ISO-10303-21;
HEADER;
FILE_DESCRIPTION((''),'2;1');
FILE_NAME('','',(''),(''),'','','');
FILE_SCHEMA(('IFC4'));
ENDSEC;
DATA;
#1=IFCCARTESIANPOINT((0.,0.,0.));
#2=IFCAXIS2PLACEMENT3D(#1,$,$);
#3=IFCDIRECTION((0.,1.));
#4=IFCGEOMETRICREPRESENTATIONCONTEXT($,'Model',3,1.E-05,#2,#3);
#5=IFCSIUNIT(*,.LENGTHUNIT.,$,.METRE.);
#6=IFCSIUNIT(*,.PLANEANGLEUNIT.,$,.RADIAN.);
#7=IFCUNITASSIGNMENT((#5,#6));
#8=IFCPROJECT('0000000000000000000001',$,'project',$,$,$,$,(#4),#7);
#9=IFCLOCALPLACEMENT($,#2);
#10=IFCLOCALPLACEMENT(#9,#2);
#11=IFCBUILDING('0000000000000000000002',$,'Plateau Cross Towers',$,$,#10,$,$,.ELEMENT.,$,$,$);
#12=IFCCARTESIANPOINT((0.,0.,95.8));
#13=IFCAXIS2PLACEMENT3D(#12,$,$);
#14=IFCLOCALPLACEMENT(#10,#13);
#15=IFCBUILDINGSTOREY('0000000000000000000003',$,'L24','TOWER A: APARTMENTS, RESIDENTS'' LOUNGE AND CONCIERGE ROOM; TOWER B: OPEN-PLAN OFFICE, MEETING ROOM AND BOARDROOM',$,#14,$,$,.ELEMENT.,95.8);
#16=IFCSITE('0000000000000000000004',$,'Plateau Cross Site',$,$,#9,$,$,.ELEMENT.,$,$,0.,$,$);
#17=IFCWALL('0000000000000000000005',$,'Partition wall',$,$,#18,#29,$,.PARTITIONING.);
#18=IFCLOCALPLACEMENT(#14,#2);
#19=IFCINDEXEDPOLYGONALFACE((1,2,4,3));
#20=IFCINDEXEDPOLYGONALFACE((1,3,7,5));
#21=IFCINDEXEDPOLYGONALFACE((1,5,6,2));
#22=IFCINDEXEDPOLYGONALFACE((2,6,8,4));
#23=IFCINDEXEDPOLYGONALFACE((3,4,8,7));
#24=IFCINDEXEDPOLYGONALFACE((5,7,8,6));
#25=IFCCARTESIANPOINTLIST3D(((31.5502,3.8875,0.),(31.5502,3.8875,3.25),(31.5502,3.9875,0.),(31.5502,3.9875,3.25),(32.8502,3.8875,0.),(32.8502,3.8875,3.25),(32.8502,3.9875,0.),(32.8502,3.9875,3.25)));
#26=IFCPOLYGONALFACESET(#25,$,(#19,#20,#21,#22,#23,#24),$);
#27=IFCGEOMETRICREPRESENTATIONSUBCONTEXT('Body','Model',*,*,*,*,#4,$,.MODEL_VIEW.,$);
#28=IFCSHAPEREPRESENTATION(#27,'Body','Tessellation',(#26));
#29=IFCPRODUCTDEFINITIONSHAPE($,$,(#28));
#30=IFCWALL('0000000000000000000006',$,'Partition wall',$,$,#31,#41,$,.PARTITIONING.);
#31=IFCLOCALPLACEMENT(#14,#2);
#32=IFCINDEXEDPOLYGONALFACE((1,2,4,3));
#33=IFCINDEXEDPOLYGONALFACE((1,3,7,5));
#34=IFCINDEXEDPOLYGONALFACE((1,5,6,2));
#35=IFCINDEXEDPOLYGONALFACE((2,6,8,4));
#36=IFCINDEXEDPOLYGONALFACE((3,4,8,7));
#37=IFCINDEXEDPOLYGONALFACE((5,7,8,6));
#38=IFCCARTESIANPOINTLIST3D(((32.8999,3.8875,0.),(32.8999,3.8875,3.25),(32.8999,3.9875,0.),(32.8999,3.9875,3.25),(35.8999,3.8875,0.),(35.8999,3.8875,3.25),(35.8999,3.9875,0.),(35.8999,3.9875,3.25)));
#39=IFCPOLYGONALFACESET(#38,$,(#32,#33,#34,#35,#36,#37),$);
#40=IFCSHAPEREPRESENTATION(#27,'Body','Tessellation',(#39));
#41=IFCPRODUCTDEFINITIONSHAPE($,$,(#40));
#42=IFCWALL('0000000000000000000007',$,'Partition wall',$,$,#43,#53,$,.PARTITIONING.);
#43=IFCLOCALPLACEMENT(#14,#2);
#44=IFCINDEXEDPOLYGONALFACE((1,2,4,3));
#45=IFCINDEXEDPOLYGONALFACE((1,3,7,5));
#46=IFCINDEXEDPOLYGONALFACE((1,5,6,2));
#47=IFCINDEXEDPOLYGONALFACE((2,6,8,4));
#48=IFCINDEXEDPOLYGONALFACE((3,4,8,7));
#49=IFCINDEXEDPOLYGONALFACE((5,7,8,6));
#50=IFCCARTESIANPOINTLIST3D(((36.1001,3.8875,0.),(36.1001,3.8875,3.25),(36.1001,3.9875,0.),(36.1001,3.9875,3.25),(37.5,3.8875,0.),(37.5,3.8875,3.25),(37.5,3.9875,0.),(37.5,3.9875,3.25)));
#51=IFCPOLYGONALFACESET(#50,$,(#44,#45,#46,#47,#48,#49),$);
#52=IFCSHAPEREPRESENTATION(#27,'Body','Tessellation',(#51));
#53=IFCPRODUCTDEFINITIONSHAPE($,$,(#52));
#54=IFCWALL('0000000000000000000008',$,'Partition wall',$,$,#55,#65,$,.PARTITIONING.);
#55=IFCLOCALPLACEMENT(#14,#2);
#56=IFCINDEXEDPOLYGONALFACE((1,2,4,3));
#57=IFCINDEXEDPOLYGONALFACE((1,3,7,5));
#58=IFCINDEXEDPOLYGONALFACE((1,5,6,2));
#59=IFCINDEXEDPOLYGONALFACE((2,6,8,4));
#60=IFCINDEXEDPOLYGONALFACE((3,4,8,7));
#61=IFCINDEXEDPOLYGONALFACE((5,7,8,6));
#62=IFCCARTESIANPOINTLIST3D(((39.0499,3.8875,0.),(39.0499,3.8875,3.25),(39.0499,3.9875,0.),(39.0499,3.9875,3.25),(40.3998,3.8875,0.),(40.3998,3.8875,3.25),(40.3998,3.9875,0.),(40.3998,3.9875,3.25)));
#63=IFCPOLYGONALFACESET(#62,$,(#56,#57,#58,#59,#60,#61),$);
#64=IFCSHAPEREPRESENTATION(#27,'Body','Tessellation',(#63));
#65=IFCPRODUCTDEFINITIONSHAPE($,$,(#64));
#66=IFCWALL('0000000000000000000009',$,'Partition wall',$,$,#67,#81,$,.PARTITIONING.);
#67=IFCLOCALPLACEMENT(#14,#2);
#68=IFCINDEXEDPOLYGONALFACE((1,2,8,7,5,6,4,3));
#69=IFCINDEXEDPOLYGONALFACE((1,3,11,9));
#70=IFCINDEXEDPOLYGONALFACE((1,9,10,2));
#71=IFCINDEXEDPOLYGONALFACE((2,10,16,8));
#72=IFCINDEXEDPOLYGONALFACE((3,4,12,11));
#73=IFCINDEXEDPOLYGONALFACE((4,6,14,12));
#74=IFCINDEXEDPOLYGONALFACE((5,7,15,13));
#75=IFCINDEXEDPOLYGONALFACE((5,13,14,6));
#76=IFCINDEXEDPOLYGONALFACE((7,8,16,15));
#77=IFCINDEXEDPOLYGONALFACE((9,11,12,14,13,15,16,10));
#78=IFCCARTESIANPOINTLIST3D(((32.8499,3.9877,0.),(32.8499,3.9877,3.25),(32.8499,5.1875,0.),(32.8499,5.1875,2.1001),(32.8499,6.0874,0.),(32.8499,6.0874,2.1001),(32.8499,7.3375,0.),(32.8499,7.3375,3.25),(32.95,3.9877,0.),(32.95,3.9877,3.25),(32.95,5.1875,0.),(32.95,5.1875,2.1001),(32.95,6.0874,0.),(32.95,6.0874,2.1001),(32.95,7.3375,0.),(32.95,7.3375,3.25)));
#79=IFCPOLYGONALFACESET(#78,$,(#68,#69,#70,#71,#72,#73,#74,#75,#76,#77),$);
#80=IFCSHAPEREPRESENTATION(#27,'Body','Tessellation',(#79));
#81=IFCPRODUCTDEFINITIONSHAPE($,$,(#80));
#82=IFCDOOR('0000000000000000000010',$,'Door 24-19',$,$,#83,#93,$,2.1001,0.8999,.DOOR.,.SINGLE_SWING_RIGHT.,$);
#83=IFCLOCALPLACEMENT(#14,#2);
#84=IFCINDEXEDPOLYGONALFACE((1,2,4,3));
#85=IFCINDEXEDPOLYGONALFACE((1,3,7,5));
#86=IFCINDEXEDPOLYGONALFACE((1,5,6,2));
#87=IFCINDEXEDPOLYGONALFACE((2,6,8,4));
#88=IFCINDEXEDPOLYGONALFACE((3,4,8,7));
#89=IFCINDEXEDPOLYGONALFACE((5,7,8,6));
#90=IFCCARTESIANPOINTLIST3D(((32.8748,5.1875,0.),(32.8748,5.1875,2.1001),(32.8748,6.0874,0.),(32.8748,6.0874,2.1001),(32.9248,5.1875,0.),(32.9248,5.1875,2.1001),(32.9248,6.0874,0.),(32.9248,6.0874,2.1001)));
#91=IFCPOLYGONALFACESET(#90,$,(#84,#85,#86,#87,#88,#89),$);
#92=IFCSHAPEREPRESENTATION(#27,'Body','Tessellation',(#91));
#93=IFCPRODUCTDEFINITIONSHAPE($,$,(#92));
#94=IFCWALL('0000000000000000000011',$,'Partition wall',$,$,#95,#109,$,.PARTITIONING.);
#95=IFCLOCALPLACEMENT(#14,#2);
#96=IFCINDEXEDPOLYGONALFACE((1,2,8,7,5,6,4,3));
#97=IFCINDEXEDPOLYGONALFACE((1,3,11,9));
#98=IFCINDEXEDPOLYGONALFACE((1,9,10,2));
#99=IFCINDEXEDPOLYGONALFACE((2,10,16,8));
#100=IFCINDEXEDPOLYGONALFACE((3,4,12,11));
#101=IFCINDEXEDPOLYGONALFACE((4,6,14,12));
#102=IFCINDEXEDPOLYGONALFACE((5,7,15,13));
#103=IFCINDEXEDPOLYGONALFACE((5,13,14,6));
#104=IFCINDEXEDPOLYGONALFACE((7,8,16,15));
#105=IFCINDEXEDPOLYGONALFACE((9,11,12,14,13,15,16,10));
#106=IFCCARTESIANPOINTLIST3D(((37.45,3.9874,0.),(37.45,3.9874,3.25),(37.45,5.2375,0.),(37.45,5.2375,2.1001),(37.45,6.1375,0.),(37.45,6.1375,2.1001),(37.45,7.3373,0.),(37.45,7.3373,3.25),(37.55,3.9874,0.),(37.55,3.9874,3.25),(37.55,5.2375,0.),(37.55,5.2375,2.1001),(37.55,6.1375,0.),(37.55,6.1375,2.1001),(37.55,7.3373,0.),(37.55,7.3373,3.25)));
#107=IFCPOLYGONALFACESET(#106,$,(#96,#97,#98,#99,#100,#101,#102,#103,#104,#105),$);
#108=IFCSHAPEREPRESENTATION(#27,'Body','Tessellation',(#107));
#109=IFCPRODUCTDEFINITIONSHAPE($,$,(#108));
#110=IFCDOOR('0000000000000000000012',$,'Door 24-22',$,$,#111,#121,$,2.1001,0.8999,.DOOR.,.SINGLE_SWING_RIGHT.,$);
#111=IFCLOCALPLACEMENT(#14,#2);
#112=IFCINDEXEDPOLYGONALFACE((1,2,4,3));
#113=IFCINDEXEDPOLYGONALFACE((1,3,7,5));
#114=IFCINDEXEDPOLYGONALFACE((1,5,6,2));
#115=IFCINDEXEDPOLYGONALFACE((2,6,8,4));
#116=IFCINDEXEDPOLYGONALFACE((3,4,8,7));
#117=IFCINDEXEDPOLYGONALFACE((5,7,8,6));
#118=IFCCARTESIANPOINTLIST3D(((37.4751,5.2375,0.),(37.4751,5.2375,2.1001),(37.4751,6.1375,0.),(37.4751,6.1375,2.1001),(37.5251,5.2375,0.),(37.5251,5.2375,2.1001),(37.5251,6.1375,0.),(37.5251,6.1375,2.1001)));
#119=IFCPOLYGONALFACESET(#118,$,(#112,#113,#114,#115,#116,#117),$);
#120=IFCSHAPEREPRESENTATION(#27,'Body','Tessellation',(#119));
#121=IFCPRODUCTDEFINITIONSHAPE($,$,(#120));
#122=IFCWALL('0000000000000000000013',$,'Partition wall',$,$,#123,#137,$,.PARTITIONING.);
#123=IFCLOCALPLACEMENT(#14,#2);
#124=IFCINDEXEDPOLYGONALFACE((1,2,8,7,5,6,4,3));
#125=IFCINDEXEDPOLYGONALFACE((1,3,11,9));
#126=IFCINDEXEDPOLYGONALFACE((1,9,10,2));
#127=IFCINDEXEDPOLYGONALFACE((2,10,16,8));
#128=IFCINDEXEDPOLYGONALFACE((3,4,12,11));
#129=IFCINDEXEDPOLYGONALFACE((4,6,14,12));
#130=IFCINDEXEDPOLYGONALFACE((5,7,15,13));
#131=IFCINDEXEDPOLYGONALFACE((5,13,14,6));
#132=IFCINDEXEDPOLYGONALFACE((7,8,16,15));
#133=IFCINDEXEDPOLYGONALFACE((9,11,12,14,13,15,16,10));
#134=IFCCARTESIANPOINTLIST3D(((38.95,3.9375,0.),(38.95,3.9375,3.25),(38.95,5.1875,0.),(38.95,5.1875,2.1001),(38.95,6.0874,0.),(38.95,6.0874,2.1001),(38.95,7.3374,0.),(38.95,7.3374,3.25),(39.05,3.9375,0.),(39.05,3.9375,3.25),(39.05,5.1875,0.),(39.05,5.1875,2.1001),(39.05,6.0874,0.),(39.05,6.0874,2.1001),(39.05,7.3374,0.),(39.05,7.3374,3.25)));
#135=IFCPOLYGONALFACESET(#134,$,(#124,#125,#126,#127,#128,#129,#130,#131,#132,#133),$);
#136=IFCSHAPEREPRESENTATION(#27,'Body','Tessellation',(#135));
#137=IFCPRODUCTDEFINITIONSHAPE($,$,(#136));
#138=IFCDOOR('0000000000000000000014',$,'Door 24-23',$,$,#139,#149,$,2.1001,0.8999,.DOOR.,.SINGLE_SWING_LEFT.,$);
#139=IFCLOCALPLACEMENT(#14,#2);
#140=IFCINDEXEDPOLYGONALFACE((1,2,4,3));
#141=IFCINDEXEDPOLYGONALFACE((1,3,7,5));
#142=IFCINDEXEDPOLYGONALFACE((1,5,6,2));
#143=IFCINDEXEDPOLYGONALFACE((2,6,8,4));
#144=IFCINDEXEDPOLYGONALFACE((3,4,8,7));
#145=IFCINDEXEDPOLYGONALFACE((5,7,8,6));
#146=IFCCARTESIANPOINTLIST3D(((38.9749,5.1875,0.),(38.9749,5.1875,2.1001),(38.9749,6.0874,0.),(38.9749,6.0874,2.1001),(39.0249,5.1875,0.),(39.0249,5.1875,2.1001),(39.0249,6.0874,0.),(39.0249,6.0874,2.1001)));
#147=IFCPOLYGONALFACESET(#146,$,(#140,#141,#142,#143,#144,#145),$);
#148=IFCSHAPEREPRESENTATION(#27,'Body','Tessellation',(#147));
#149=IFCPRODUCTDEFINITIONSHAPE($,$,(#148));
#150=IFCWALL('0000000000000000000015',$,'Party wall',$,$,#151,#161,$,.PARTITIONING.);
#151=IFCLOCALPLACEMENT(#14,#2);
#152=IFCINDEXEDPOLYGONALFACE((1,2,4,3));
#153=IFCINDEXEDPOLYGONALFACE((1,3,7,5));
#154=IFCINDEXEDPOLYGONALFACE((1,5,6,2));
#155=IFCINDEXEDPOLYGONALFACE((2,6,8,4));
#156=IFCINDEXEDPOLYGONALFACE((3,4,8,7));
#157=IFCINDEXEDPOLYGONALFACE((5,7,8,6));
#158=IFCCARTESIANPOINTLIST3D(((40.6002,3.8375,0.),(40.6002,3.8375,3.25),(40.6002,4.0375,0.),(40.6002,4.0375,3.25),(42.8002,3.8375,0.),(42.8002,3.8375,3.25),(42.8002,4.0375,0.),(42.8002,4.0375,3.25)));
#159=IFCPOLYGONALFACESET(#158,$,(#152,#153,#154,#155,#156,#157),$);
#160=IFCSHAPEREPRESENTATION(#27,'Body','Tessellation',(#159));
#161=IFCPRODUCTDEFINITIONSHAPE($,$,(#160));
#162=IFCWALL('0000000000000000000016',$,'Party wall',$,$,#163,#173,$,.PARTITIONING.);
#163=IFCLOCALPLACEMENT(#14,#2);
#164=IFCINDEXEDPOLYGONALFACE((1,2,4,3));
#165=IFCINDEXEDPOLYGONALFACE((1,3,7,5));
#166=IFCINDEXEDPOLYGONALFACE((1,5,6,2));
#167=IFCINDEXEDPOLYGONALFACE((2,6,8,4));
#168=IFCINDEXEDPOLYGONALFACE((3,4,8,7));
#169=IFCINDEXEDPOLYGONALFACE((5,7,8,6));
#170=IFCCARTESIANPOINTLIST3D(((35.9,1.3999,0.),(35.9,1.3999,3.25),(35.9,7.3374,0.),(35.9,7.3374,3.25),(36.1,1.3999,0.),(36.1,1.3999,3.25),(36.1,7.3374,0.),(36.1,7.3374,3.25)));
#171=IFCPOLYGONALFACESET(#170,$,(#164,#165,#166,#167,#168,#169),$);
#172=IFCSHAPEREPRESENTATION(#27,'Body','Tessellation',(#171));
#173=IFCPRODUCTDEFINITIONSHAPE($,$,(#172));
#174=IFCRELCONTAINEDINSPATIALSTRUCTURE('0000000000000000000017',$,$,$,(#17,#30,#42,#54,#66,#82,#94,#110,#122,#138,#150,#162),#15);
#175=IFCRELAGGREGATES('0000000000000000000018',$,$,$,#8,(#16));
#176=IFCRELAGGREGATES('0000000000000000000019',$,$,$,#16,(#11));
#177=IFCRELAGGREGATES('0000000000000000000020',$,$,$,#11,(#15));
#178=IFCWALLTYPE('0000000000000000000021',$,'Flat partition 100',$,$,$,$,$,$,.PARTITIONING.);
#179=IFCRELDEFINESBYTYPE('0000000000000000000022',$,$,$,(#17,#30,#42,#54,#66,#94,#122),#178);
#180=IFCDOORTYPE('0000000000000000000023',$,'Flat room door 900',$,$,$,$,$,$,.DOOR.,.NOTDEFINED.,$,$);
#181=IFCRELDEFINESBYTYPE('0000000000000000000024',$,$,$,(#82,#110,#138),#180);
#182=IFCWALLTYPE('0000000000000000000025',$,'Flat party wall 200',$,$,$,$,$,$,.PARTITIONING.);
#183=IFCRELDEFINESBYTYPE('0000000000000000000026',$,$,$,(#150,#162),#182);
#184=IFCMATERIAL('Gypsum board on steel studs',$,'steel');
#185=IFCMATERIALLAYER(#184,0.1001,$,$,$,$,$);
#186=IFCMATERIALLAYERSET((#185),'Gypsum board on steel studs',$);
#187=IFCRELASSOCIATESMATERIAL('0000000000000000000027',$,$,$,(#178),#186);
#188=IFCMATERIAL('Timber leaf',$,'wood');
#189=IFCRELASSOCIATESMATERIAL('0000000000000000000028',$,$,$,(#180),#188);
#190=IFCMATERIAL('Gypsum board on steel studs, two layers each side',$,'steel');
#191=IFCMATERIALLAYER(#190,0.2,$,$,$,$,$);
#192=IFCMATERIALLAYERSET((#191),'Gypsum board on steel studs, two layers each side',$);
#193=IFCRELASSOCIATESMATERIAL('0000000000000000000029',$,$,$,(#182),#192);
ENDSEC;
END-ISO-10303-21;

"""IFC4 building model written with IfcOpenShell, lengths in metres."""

from ifc_helpers import new_model, si_unit, direction, frame, frame_2d, origin, place, context, subcontext, project, spatial, rectangle, extrude, material, layer, layer_set, type_object, element, fill, save


model = new_model("IFC4")

# Units and contexts
model_context = context("Model", 3, precision=1e-05, world=origin(), true_north=direction((0.0, 1.0)))
body_context = subcontext(model_context, "Body", "Model", "MODEL_VIEW")
ifc_project = project(units=[si_unit("LENGTHUNIT", "METRE"), si_unit("PLANEANGLEUNIT", "RADIAN")], contexts=[model_context])

# Site, building, storey
site_placement = place(None, origin())
site = spatial("IfcSite", under=ifc_project, at=site_placement, Name="Plateau Cross Site", CompositionType="ELEMENT", RefElevation=0.0)
building_placement = place(site_placement, origin())
building = spatial("IfcBuilding", under=site, at=building_placement, Name="Plateau Cross Towers", CompositionType="ELEMENT")
storey_placement = place(building_placement, frame((0.0, 0.0, 95.8)))
storey = spatial("IfcBuildingStorey", under=building, at=storey_placement, Name="L24", Description="TOWER A: APARTMENTS, RESIDENTS' LOUNGE AND CONCIERGE ROOM; TOWER B: OPEN-PLAN OFFICE, MEETING ROOM AND BOARDROOM", CompositionType="ELEMENT", Elevation=95.8)

# Walls
ifc_material_1 = material(Name="Gypsum board on steel studs", Category="steel")
ifc_layer_1 = layer(ifc_material_1, 0.1001)
ifc_layer_set_1 = layer_set([ifc_layer_1], Name="Gypsum board on steel studs")
wall_type_1 = type_object("IfcWallType", Name="Flat partition 100", PredefinedType="PARTITIONING", material=ifc_layer_set_1)
wall_1_placement = place(storey_placement, frame((32.8501, 3.9375, 0.0), z_axis=(0.0, 0.0, 1.0), x_axis=(-1.0, 0.0, 0.0)))
element("IfcWall", 1, at=wall_1_placement, inside=storey, type_object=wall_type_1, Name="Partition wall", PredefinedType="PARTITIONING", context=body_context, shape_type="SweptSolid", body=[
    extrude(rectangle(XDim=1.3, YDim=0.1001, at=frame_2d((0.6499, 0.0))), origin(), (0.0, 0.0, 1.0), 3.25),
])
wall_2_placement = place(storey_placement, frame((32.8999, 3.9375, 0.0), z_axis=(0.0, 0.0, 1.0), x_axis=(1.0, 0.0, 0.0)))
element("IfcWall", 2, at=wall_2_placement, inside=storey, type_object=wall_type_1, Name="Partition wall", PredefinedType="PARTITIONING", context=body_context, shape_type="SweptSolid", body=[
    extrude(rectangle(XDim=3.0, YDim=0.1001, at=frame_2d((1.5, 0.0))), origin(), (0.0, 0.0, 1.0), 3.25),
])
wall_3_placement = place(storey_placement, frame((36.1001, 3.9375, 0.0), z_axis=(0.0, 0.0, 1.0), x_axis=(1.0, 0.0, 0.0)))
element("IfcWall", 3, at=wall_3_placement, inside=storey, type_object=wall_type_1, Name="Partition wall", PredefinedType="PARTITIONING", context=body_context, shape_type="SweptSolid", body=[
    extrude(rectangle(XDim=1.3999, YDim=0.1001, at=frame_2d((0.7, 0.0))), origin(), (0.0, 0.0, 1.0), 3.25),
])
wall_4_placement = place(storey_placement, frame((39.05, 3.9375, 0.0), z_axis=(0.0, 0.0, 1.0), x_axis=(1.0, 0.0, 0.0)))
element("IfcWall", 4, at=wall_4_placement, inside=storey, type_object=wall_type_1, Name="Partition wall", PredefinedType="PARTITIONING", context=body_context, shape_type="SweptSolid", body=[
    extrude(rectangle(XDim=1.3499, YDim=0.1001, at=frame_2d((0.6748, 0.0))), origin(), (0.0, 0.0, 1.0), 3.25),
])

# Walls, openings, doors
wall_5_placement = place(storey_placement, frame((32.8999, 7.3374, 0.0), z_axis=(0.0, 0.0, 1.0), x_axis=(0.0, -1.0, 0.0)))
wall_5 = element("IfcWall", 5, at=wall_5_placement, inside=storey, type_object=wall_type_1, Name="Partition wall", PredefinedType="PARTITIONING", context=body_context, shape_type="SweptSolid", body=[
    extrude(rectangle(XDim=3.3499, YDim=0.1001, at=frame_2d((1.6748, 0.0))), origin(), (0.0, 0.0, 1.0), 3.25),
])
opening_1_placement = place(wall_5_placement, frame((1.25, 0.0, 0.0)))
opening_1 = element("IfcOpeningElement", 6, at=opening_1_placement, cuts=wall_5, PredefinedType="OPENING", context=body_context, shape_type="SweptSolid", body=[
    extrude(rectangle(XDim=0.8999, YDim=2.1001, at=frame_2d((0.45, 1.05))), frame((0.0, 0.0601, 0.0), z_axis=(0.0, -1.0, 0.0), x_axis=(1.0, 0.0, 0.0)), (0.0, 0.0, 1.0), 0.1201),
])
ifc_material_2 = material(Name="Timber leaf", Category="wood")
door_type_1 = type_object("IfcDoorType", Name="Flat room door 900", OperationType="NOTDEFINED", PredefinedType="DOOR", material=ifc_material_2)
door_1_placement = place(opening_1_placement, origin())
door_1 = element("IfcDoor", 7, at=door_1_placement, inside=storey, type_object=door_type_1, Name="Door 24-19", OperationType="SINGLE_SWING_RIGHT", OverallHeight=2.1001, OverallWidth=0.8999, PredefinedType="DOOR", context=body_context, shape_type="SweptSolid", body=[
    extrude(rectangle(XDim=0.8999, YDim=2.1001, at=frame_2d((0.45, 1.05))), frame((0.0, 0.0249, 0.0), z_axis=(0.0, -1.0, 0.0), x_axis=(1.0, 0.0, 0.0)), (0.0, 0.0, 1.0), 0.05),
])
fill(opening_1, door_1)
wall_6_placement = place(storey_placement, frame((37.5, 3.9875, 0.0), z_axis=(0.0, 0.0, 1.0), x_axis=(0.0, 1.0, 0.0)))
wall_6 = element("IfcWall", 8, at=wall_6_placement, inside=storey, type_object=wall_type_1, Name="Partition wall", PredefinedType="PARTITIONING", context=body_context, shape_type="SweptSolid", body=[
    extrude(rectangle(XDim=3.3499, YDim=0.1001, at=frame_2d((1.6748, 0.0))), origin(), (0.0, 0.0, 1.0), 3.25),
])
opening_2_placement = place(wall_6_placement, frame((1.25, 0.0, 0.0)))
opening_2 = element("IfcOpeningElement", 9, at=opening_2_placement, cuts=wall_6, PredefinedType="OPENING", context=body_context, shape_type="SweptSolid", body=[
    extrude(rectangle(XDim=0.8999, YDim=2.1001, at=frame_2d((0.45, 1.05))), frame((0.0, 0.0601, 0.0), z_axis=(0.0, -1.0, 0.0), x_axis=(1.0, 0.0, 0.0)), (0.0, 0.0, 1.0), 0.1201),
])
door_2_placement = place(opening_2_placement, origin())
door_2 = element("IfcDoor", 10, at=door_2_placement, inside=storey, type_object=door_type_1, Name="Door 24-22", OperationType="SINGLE_SWING_RIGHT", OverallHeight=2.1001, OverallWidth=0.8999, PredefinedType="DOOR", context=body_context, shape_type="SweptSolid", body=[
    extrude(rectangle(XDim=0.8999, YDim=2.1001, at=frame_2d((0.45, 1.05))), frame((0.0, 0.0249, 0.0), z_axis=(0.0, -1.0, 0.0), x_axis=(1.0, 0.0, 0.0)), (0.0, 0.0, 1.0), 0.05),
])
fill(opening_2, door_2)
wall_7_placement = place(storey_placement, frame((39.0, 7.3374, 0.0), z_axis=(0.0, 0.0, 1.0), x_axis=(0.0, -1.0, 0.0)))
wall_7 = element("IfcWall", 11, at=wall_7_placement, inside=storey, type_object=wall_type_1, Name="Partition wall", PredefinedType="PARTITIONING", context=body_context, shape_type="SweptSolid", body=[
    extrude(rectangle(XDim=3.3999, YDim=0.1001, at=frame_2d((1.7, 0.0))), origin(), (0.0, 0.0, 1.0), 3.25),
])
opening_3_placement = place(wall_7_placement, frame((1.25, 0.0, 0.0)))
opening_3 = element("IfcOpeningElement", 12, at=opening_3_placement, cuts=wall_7, PredefinedType="OPENING", context=body_context, shape_type="SweptSolid", body=[
    extrude(rectangle(XDim=0.8999, YDim=2.1001, at=frame_2d((0.45, 1.05))), frame((0.0, 0.0601, 0.0), z_axis=(0.0, -1.0, 0.0), x_axis=(1.0, 0.0, 0.0)), (0.0, 0.0, 1.0), 0.1201),
])
door_3_placement = place(opening_3_placement, origin())
door_3 = element("IfcDoor", 13, at=door_3_placement, inside=storey, type_object=door_type_1, Name="Door 24-23", OperationType="SINGLE_SWING_LEFT", OverallHeight=2.1001, OverallWidth=0.8999, PredefinedType="DOOR", context=body_context, shape_type="SweptSolid", body=[
    extrude(rectangle(XDim=0.8999, YDim=2.1001, at=frame_2d((0.45, 1.05))), frame((0.0, 0.0249, 0.0), z_axis=(0.0, -1.0, 0.0), x_axis=(1.0, 0.0, 0.0)), (0.0, 0.0, 1.0), 0.05),
])
fill(opening_3, door_3)

# Walls
ifc_material_3 = material(Name="Gypsum board on steel studs, two layers each side", Category="steel")
ifc_layer_2 = layer(ifc_material_3, 0.2)
ifc_layer_set_2 = layer_set([ifc_layer_2], Name="Gypsum board on steel studs, two layers each side")
wall_type_2 = type_object("IfcWallType", Name="Flat party wall 200", PredefinedType="PARTITIONING", material=ifc_layer_set_2)
wall_8_placement = place(storey_placement, frame((40.6001, 3.9375, 0.0), z_axis=(0.0, 0.0, 1.0), x_axis=(1.0, 0.0, 0.0)))
element("IfcWall", 14, at=wall_8_placement, inside=storey, type_object=wall_type_2, Name="Party wall", PredefinedType="PARTITIONING", context=body_context, shape_type="SweptSolid", body=[
    extrude(rectangle(XDim=2.2, YDim=0.2, at=frame_2d((1.1001, 0.0))), origin(), (0.0, 0.0, 1.0), 3.25),
])
wall_9_placement = place(storey_placement, frame((36.0, 1.3999, 0.0), z_axis=(0.0, 0.0, 1.0), x_axis=(0.0, 1.0, 0.0)))
element("IfcWall", 15, at=wall_9_placement, inside=storey, type_object=wall_type_2, Name="Party wall", PredefinedType="PARTITIONING", context=body_context, shape_type="SweptSolid", body=[
    extrude(rectangle(XDim=5.9375, YDim=0.2, at=frame_2d((2.9688, 0.0))), origin(), (0.0, 0.0, 1.0), 3.25),
])

save(model, "model.ifc")
